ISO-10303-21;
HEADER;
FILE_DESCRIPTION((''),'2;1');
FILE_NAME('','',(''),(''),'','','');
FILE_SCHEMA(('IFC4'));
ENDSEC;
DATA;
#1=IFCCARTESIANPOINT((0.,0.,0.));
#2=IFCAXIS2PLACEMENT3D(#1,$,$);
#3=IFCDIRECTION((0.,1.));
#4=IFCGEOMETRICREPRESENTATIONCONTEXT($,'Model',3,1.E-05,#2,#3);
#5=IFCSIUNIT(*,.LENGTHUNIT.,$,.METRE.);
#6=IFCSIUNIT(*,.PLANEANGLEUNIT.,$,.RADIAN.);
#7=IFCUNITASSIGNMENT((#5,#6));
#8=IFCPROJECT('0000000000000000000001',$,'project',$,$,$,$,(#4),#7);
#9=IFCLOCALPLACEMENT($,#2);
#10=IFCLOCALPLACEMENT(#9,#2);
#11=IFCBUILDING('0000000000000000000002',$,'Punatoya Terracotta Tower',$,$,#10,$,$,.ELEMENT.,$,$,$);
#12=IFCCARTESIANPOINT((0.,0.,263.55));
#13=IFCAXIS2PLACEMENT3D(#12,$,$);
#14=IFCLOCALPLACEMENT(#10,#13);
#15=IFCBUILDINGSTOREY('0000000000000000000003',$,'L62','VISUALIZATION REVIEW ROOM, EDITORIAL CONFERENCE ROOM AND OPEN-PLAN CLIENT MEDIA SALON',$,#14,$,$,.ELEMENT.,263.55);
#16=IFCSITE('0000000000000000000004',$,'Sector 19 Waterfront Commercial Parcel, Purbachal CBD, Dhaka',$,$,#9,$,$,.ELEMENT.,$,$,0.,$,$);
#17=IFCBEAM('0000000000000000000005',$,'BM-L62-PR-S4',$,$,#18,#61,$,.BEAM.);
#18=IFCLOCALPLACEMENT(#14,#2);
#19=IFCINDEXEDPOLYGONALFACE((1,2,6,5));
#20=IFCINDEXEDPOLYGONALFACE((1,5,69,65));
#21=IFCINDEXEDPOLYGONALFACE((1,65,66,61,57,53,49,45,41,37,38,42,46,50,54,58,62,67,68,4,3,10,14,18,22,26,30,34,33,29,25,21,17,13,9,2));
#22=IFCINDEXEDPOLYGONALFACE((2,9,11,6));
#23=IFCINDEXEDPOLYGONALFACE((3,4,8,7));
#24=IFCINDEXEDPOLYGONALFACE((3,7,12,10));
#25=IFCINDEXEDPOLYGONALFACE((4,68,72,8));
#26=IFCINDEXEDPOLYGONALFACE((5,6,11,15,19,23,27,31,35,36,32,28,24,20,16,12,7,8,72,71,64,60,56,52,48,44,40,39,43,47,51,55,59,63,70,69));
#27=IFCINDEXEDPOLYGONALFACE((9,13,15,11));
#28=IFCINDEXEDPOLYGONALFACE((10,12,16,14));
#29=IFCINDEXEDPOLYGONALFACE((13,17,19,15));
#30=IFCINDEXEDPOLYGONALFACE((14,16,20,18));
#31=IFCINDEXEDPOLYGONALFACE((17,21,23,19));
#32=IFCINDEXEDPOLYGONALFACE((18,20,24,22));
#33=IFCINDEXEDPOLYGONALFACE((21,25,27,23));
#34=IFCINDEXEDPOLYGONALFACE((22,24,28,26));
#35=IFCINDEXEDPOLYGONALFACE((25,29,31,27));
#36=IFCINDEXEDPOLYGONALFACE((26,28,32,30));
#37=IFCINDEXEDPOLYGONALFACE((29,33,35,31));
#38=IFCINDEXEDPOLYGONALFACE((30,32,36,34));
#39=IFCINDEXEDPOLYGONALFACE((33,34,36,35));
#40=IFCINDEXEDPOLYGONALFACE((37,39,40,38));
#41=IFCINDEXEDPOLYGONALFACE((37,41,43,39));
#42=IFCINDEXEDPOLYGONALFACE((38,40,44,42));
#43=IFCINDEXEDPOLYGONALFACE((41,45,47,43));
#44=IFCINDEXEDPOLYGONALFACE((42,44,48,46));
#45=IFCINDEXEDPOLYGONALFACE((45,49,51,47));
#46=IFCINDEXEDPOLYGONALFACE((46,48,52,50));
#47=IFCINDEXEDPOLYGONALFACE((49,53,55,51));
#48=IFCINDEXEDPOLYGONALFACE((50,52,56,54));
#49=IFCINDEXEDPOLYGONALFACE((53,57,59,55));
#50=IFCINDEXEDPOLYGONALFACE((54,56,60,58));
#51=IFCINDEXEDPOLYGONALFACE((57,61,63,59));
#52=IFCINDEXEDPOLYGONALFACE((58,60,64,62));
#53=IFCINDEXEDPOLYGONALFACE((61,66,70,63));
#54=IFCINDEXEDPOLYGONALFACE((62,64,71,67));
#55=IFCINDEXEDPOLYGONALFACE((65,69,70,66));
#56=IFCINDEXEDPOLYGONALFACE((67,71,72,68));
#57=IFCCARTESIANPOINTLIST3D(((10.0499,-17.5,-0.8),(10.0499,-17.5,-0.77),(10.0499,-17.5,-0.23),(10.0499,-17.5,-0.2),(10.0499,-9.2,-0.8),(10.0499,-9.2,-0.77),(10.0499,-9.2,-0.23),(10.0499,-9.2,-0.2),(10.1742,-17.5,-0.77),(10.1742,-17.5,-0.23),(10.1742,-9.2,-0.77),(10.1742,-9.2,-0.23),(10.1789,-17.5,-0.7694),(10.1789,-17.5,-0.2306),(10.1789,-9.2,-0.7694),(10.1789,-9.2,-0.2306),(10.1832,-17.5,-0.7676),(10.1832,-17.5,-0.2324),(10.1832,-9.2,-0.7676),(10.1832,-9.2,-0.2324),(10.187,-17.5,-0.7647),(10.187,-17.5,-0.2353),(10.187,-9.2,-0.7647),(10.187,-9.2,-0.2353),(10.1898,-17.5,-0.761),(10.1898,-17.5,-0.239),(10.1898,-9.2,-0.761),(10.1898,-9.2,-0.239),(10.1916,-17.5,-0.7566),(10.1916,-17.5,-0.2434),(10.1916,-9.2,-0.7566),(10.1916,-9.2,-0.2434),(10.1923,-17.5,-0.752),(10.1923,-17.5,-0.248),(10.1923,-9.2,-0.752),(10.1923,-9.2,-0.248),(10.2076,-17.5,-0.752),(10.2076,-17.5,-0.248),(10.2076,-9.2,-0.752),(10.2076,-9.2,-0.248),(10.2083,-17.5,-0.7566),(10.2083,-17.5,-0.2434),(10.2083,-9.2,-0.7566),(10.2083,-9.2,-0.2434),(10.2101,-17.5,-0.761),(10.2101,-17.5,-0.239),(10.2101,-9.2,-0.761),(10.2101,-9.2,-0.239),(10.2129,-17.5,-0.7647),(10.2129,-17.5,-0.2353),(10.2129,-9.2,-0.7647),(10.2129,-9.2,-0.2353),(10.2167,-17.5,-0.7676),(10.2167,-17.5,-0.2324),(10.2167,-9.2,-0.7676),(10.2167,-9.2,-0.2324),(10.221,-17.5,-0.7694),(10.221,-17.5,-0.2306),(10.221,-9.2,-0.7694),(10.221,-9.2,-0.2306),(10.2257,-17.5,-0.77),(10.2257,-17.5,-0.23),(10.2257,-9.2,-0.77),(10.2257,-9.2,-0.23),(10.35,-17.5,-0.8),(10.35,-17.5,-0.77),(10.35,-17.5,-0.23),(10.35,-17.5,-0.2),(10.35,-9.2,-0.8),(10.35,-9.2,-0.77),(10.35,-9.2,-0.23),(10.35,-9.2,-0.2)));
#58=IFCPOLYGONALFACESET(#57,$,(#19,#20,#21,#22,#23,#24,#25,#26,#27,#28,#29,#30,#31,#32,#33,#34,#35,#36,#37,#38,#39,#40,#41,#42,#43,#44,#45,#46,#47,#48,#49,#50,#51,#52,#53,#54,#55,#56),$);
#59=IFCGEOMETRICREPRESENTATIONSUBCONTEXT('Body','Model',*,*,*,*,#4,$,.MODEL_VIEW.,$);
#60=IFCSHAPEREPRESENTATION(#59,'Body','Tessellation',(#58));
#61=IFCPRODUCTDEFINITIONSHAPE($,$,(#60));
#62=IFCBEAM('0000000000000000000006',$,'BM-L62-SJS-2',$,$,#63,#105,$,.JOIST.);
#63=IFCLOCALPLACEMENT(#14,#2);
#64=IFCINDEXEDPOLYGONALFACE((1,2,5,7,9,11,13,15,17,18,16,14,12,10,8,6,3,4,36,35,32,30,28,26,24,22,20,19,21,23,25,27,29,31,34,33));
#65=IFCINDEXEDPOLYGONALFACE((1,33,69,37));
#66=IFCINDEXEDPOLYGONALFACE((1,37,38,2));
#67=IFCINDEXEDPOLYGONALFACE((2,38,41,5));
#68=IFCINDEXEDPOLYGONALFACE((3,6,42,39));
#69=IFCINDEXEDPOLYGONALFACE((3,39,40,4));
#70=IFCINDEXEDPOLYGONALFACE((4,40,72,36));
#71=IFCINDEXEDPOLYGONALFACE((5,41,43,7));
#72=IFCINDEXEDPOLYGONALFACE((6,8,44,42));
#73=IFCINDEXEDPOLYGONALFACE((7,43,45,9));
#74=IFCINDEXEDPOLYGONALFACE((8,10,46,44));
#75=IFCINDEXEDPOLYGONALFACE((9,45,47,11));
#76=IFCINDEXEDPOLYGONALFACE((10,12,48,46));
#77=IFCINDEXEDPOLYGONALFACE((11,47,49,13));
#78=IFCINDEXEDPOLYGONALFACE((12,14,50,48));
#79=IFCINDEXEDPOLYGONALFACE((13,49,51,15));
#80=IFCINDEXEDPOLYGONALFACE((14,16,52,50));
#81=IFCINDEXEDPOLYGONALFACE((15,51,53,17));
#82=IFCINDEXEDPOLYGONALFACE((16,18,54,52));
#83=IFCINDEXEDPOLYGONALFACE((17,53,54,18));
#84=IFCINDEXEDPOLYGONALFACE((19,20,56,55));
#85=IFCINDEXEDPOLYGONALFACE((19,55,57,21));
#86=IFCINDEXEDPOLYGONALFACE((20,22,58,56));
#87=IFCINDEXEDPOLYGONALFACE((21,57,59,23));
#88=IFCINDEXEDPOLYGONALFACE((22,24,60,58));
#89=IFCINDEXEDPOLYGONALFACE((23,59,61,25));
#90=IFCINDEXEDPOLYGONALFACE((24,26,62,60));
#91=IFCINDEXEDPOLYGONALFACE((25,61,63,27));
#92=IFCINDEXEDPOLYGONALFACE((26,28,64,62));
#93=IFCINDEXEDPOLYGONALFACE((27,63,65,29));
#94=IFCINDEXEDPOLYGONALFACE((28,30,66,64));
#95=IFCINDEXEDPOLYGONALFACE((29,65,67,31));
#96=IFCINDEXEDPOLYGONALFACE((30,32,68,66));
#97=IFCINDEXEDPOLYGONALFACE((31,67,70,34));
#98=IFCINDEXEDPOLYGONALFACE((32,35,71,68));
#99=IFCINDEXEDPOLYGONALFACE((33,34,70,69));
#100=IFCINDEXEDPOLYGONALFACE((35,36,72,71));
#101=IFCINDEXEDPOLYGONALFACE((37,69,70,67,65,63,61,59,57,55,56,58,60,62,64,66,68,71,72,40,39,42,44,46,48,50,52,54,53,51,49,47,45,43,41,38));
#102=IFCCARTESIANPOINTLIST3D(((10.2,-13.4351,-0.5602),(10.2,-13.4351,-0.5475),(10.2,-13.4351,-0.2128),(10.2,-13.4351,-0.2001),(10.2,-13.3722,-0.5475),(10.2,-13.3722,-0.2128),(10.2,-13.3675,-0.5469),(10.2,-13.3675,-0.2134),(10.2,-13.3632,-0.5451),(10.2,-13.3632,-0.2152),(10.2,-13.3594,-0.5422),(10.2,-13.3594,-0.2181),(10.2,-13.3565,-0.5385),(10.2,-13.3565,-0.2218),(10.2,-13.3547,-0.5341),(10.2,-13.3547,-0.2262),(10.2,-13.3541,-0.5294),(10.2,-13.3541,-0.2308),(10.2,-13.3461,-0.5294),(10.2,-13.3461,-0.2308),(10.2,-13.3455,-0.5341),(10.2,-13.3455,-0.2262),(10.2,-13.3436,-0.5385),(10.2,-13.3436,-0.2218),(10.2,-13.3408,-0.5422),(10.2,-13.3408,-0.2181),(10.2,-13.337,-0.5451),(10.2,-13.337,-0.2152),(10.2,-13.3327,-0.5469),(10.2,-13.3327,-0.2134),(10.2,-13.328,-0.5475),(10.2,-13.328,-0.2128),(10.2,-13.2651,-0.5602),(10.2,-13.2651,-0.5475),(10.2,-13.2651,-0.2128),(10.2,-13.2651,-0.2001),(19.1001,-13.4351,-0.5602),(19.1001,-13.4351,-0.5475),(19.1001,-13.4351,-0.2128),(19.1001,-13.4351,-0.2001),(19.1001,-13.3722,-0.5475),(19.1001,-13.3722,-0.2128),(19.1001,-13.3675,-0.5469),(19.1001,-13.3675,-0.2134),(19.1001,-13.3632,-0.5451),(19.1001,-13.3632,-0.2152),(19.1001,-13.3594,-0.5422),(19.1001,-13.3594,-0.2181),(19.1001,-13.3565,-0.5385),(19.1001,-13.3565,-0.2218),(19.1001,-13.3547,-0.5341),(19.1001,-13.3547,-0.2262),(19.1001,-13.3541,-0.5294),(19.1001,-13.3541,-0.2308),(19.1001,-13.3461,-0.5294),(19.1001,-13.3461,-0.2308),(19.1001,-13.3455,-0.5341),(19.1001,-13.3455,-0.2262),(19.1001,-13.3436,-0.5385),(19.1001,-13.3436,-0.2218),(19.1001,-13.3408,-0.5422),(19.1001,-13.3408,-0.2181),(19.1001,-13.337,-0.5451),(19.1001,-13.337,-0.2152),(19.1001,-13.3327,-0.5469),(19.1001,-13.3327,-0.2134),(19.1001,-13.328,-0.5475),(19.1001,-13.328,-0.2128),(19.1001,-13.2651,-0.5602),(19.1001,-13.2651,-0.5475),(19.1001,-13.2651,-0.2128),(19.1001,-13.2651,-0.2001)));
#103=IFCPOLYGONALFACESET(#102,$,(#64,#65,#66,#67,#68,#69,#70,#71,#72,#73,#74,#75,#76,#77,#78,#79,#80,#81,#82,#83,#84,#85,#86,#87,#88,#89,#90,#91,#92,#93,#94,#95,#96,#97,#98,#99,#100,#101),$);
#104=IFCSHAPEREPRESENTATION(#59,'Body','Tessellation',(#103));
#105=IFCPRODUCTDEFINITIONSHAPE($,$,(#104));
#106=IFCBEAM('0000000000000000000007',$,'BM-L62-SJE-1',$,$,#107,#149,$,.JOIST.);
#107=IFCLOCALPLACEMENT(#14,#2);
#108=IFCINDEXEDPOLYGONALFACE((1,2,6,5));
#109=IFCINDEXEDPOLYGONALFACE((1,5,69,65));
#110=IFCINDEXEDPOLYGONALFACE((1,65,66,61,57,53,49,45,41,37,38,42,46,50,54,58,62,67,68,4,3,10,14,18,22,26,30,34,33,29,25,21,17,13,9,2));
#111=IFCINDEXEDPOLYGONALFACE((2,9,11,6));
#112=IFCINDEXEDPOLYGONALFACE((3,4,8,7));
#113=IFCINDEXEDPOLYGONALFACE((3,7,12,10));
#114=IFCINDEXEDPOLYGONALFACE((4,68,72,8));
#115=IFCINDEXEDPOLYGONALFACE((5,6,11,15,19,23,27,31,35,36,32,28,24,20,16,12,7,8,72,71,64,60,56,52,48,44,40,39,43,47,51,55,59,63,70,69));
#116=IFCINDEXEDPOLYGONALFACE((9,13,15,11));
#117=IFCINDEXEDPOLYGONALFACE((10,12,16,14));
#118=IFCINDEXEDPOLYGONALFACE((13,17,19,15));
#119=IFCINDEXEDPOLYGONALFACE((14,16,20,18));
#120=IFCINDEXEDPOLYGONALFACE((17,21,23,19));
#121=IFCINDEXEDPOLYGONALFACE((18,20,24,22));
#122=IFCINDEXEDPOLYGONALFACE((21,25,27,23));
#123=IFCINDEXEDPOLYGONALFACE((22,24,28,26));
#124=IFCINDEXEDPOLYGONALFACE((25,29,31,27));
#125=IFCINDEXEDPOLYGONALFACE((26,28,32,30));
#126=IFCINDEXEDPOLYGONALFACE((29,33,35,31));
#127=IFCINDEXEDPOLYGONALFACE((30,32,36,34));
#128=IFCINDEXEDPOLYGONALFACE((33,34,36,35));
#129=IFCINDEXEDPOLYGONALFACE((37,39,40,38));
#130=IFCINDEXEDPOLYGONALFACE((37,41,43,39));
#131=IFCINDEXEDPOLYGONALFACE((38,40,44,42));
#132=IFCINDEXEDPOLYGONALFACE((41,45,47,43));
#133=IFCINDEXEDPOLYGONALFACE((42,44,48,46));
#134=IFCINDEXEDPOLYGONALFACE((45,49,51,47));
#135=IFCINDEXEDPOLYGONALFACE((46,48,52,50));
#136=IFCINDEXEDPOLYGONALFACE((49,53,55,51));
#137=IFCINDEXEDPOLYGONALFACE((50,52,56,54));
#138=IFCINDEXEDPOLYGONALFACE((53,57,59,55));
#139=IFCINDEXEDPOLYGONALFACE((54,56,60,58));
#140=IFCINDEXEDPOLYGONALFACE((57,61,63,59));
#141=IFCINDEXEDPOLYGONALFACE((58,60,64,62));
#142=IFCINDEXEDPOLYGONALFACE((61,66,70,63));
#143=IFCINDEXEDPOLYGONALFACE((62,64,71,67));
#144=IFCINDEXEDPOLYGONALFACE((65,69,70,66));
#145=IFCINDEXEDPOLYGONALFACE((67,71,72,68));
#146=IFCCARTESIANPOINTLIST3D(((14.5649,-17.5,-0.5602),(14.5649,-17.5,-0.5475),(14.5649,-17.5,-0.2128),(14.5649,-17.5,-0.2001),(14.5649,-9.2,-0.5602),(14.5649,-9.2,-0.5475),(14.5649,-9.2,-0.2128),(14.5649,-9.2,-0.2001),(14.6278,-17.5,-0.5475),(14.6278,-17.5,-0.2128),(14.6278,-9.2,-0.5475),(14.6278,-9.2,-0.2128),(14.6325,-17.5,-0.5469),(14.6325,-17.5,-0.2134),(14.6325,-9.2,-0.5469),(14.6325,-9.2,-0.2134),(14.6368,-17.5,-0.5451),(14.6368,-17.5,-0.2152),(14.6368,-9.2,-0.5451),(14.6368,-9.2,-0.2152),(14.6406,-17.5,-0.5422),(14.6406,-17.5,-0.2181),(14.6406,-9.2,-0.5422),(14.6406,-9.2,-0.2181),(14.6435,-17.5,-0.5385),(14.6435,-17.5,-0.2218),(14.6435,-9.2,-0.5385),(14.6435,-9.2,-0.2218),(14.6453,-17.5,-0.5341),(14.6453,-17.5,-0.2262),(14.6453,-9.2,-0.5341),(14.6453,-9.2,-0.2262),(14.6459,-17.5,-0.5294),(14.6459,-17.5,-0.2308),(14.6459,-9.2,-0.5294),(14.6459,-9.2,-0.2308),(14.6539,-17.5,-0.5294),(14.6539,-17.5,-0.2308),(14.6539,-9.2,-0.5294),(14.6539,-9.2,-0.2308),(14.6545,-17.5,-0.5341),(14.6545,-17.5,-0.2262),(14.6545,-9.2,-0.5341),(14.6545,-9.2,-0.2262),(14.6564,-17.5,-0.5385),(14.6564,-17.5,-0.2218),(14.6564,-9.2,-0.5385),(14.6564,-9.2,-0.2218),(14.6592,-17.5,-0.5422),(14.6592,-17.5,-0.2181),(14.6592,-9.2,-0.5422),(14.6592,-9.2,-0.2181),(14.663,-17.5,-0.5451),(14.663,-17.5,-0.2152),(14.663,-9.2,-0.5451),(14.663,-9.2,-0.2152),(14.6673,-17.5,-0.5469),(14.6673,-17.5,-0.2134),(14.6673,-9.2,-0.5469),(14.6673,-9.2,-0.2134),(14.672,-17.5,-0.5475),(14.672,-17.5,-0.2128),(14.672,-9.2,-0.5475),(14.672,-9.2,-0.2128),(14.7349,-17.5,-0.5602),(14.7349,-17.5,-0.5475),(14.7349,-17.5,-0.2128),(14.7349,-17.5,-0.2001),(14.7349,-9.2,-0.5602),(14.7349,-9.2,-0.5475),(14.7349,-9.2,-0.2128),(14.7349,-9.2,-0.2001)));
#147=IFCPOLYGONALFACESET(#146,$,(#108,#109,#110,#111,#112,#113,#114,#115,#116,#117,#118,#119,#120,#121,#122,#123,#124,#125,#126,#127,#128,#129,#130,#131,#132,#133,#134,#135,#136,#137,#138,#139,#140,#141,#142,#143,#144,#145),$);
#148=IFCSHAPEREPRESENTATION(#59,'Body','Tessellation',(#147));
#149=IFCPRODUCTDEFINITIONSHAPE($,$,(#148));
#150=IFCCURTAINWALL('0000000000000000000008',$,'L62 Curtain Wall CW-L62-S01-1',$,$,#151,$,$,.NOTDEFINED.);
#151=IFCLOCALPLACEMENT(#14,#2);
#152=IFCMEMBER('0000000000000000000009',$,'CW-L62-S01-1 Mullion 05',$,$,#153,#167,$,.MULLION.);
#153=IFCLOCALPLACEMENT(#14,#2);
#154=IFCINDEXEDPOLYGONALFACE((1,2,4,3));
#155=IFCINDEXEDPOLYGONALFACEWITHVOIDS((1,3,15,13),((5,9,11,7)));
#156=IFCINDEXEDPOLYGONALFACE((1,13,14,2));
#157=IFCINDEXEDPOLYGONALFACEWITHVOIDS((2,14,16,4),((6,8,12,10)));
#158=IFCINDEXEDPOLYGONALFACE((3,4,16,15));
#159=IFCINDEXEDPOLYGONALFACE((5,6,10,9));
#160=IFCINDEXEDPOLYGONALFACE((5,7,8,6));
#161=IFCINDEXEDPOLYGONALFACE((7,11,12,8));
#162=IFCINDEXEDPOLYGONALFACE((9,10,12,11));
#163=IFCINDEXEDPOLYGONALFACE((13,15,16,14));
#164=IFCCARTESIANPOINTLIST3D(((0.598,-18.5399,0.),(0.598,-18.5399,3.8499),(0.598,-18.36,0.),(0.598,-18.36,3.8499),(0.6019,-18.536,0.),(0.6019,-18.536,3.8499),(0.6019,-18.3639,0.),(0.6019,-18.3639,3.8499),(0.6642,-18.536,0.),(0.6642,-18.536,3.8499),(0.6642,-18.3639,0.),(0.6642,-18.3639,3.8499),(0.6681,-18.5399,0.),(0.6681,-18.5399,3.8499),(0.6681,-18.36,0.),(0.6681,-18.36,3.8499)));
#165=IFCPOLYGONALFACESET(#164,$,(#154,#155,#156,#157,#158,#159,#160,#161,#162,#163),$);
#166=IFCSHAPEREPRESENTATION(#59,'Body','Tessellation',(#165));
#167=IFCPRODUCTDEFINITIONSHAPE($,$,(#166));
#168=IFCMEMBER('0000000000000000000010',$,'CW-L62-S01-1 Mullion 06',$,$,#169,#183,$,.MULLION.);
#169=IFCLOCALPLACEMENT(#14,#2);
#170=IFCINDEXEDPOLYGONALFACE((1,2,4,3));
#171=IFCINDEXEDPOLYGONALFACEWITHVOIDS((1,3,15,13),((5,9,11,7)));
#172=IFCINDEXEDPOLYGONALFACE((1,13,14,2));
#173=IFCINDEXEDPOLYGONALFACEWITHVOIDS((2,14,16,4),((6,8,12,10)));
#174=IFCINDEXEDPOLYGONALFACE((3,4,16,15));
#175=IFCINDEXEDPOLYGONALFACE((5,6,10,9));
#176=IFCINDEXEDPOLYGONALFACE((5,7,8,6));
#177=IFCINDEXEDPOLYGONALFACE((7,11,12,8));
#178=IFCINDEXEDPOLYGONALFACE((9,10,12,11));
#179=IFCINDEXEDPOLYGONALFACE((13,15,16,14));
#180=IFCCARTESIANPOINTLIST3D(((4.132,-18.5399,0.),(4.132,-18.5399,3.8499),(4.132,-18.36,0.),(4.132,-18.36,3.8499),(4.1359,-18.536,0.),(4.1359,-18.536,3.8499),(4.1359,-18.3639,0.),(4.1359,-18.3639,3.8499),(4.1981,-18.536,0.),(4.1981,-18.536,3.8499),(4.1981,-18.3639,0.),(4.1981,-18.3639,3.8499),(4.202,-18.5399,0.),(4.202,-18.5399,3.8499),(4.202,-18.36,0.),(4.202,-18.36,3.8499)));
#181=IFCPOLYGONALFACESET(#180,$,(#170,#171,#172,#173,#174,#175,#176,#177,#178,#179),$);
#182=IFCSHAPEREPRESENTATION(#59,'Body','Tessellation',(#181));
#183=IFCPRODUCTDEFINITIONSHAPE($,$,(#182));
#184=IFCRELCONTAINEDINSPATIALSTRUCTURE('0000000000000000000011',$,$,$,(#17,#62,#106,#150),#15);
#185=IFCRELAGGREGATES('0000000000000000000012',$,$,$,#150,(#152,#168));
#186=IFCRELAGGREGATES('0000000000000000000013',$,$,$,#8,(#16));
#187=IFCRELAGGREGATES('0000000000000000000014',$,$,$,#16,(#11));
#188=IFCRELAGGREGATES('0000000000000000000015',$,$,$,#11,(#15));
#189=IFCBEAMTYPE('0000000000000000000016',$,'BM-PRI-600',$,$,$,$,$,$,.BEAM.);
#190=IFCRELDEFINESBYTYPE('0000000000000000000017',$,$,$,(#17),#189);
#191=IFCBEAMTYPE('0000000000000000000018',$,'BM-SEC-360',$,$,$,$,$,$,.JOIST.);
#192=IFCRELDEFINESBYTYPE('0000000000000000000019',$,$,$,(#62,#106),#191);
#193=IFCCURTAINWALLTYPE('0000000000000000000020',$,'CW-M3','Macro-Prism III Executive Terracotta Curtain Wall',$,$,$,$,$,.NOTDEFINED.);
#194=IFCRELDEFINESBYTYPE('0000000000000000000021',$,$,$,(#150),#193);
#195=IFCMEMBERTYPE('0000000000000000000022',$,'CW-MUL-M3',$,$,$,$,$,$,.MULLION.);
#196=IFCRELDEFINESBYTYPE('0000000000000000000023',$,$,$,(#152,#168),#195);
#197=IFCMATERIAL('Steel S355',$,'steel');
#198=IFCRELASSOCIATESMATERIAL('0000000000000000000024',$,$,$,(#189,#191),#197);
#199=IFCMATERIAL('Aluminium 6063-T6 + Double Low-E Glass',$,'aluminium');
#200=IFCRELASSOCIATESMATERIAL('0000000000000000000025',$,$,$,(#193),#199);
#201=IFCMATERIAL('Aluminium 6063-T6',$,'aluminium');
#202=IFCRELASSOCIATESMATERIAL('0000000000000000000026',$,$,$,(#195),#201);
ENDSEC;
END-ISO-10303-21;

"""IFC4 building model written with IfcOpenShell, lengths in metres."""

from ifc_helpers import new_model, si_unit, direction, frame, origin, origin_2d, place, context, subcontext, project, spatial, hollow_rectangle, i_section, extrude, material, material_profile, profile_set, type_object, element, aggregate, save


model = new_model("IFC4")

# Units and contexts
model_context = context("Model", 3, precision=1e-05, world=origin(), true_north=direction((0.0, 1.0)))
body_context = subcontext(model_context, "Body", "Model", "MODEL_VIEW")
ifc_project = project(units=[si_unit("LENGTHUNIT", "METRE"), si_unit("PLANEANGLEUNIT", "RADIAN")], contexts=[model_context])

# Site, building, storey
site_placement = place(None, origin())
site = spatial("IfcSite", under=ifc_project, at=site_placement, Name="Sector 19 Waterfront Commercial Parcel, Purbachal CBD, Dhaka", CompositionType="ELEMENT", RefElevation=0.0)
building_placement = place(site_placement, origin())
building = spatial("IfcBuilding", under=site, at=building_placement, Name="Punatoya Terracotta Tower", CompositionType="ELEMENT")
storey_placement = place(building_placement, frame((0.0, 0.0, 263.55)))
storey = spatial("IfcBuildingStorey", under=building, at=storey_placement, Name="L62", Description="VISUALIZATION REVIEW ROOM, EDITORIAL CONFERENCE ROOM AND OPEN-PLAN CLIENT MEDIA SALON", CompositionType="ELEMENT", Elevation=263.55)

# Beams
ifc_material_1 = material(Name="Steel S355", Category="steel")
ifc_material_profile_1 = material_profile(ifc_material_1, i_section(OverallWidth=0.3, OverallDepth=0.6001, WebThickness=0.0154, FlangeThickness=0.03, FilletRadius=0.0181, at=origin_2d()))
ifc_profile_set_1 = profile_set([ifc_material_profile_1], Name="Steel S355")
beam_type_1 = type_object("IfcBeamType", Name="BM-PRI-600", PredefinedType="BEAM", material=ifc_profile_set_1)
for number, where, z_axis, x_axis, name in (
    (1, (10.2, -17.5, -0.5), (0.0, 1.0, 0.0), (-1.0, 0.0, 0.0), "BM-L62-PR-S4"),
):
    element("IfcBeam", number, at=place(storey_placement, frame(where, z_axis=z_axis, x_axis=x_axis)), inside=storey, type_object=beam_type_1, Name=name, PredefinedType="BEAM", context=body_context, shape_type="SweptSolid", body=[
        extrude(i_section(OverallWidth=0.3, OverallDepth=0.6001, WebThickness=0.0154, FlangeThickness=0.03, FilletRadius=0.0181, at=origin_2d()), origin(), (0.0, 0.0, 1.0), 8.3),
    ])
ifc_material_profile_2 = material_profile(ifc_material_1, i_section(OverallWidth=0.1699, OverallDepth=0.3601, WebThickness=0.0081, FlangeThickness=0.0127, FilletRadius=0.0181, at=origin_2d()))
ifc_profile_set_2 = profile_set([ifc_material_profile_2], Name="Steel S355")
beam_type_2 = type_object("IfcBeamType", Name="BM-SEC-360", PredefinedType="JOIST", material=ifc_profile_set_2)
beam_1_placement = place(storey_placement, frame((10.2, -13.3501, -0.3801), z_axis=(1.0, 0.0, 0.0), x_axis=(0.0, 1.0, 0.0)))
element("IfcBeam", 2, at=beam_1_placement, inside=storey, type_object=beam_type_2, Name="BM-L62-SJS-2", PredefinedType="JOIST", context=body_context, shape_type="SweptSolid", body=[
    extrude(i_section(OverallWidth=0.1699, OverallDepth=0.3601, WebThickness=0.0081, FlangeThickness=0.0127, FilletRadius=0.0181, at=origin_2d()), origin(), (0.0, 0.0, 1.0), 8.9001),
])
beam_2_placement = place(storey_placement, frame((14.6499, -17.5, -0.3801), z_axis=(0.0, 1.0, 0.0), x_axis=(-1.0, 0.0, 0.0)))
element("IfcBeam", 3, at=beam_2_placement, inside=storey, type_object=beam_type_2, Name="BM-L62-SJE-1", PredefinedType="JOIST", context=body_context, shape_type="SweptSolid", body=[
    extrude(i_section(OverallWidth=0.1699, OverallDepth=0.3601, WebThickness=0.0081, FlangeThickness=0.0127, FilletRadius=0.0181, at=origin_2d()), origin(), (0.0, 0.0, 1.0), 8.3),
])

# Curtain wall, members
ifc_material_2 = material(Name="Aluminium 6063-T6 + Double Low-E Glass", Category="aluminium")
curtain_wall_type = type_object("IfcCurtainWallType", Name="CW-M3", Description="Macro-Prism III Executive Terracotta Curtain Wall", PredefinedType="NOTDEFINED", material=ifc_material_2)
curtain_wall_placement = place(storey_placement, origin())
curtain_wall = element("IfcCurtainWall", 4, at=curtain_wall_placement, inside=storey, type_object=curtain_wall_type, Name="L62 Curtain Wall CW-L62-S01-1", PredefinedType="NOTDEFINED")
ifc_material_3 = material(Name="Aluminium 6063-T6", Category="aluminium")
ifc_material_profile_3 = material_profile(ifc_material_3, hollow_rectangle(XDim=0.0701, YDim=0.1799, WallThickness=0.0039, at=origin_2d()))
ifc_profile_set_3 = profile_set([ifc_material_profile_3], Name="Aluminium 6063-T6")
member_type = type_object("IfcMemberType", Name="CW-MUL-M3", PredefinedType="MULLION", material=ifc_profile_set_3)
member_1_placement = place(storey_placement, frame((0.6331, -18.45, 0.0), z_axis=(0.0, 0.0, 1.0), x_axis=(1.0, 0.0, 0.0)))
member_1 = element("IfcMember", 5, at=member_1_placement, type_object=member_type, Name="CW-L62-S01-1 Mullion 05", PredefinedType="MULLION", context=body_context, shape_type="SweptSolid", body=[
    extrude(hollow_rectangle(XDim=0.0701, YDim=0.1799, WallThickness=0.0039, at=origin_2d()), origin(), (0.0, 0.0, 1.0), 3.8499),
])
member_2_placement = place(storey_placement, frame((4.167, -18.45, 0.0), z_axis=(0.0, 0.0, 1.0), x_axis=(1.0, 0.0, 0.0)))
member_2 = element("IfcMember", 6, at=member_2_placement, type_object=member_type, Name="CW-L62-S01-1 Mullion 06", PredefinedType="MULLION", context=body_context, shape_type="SweptSolid", body=[
    extrude(hollow_rectangle(XDim=0.0701, YDim=0.1799, WallThickness=0.0039, at=origin_2d()), origin(), (0.0, 0.0, 1.0), 3.8499),
])
aggregate(curtain_wall, [member_1, member_2])

save(model, "model.ifc")
